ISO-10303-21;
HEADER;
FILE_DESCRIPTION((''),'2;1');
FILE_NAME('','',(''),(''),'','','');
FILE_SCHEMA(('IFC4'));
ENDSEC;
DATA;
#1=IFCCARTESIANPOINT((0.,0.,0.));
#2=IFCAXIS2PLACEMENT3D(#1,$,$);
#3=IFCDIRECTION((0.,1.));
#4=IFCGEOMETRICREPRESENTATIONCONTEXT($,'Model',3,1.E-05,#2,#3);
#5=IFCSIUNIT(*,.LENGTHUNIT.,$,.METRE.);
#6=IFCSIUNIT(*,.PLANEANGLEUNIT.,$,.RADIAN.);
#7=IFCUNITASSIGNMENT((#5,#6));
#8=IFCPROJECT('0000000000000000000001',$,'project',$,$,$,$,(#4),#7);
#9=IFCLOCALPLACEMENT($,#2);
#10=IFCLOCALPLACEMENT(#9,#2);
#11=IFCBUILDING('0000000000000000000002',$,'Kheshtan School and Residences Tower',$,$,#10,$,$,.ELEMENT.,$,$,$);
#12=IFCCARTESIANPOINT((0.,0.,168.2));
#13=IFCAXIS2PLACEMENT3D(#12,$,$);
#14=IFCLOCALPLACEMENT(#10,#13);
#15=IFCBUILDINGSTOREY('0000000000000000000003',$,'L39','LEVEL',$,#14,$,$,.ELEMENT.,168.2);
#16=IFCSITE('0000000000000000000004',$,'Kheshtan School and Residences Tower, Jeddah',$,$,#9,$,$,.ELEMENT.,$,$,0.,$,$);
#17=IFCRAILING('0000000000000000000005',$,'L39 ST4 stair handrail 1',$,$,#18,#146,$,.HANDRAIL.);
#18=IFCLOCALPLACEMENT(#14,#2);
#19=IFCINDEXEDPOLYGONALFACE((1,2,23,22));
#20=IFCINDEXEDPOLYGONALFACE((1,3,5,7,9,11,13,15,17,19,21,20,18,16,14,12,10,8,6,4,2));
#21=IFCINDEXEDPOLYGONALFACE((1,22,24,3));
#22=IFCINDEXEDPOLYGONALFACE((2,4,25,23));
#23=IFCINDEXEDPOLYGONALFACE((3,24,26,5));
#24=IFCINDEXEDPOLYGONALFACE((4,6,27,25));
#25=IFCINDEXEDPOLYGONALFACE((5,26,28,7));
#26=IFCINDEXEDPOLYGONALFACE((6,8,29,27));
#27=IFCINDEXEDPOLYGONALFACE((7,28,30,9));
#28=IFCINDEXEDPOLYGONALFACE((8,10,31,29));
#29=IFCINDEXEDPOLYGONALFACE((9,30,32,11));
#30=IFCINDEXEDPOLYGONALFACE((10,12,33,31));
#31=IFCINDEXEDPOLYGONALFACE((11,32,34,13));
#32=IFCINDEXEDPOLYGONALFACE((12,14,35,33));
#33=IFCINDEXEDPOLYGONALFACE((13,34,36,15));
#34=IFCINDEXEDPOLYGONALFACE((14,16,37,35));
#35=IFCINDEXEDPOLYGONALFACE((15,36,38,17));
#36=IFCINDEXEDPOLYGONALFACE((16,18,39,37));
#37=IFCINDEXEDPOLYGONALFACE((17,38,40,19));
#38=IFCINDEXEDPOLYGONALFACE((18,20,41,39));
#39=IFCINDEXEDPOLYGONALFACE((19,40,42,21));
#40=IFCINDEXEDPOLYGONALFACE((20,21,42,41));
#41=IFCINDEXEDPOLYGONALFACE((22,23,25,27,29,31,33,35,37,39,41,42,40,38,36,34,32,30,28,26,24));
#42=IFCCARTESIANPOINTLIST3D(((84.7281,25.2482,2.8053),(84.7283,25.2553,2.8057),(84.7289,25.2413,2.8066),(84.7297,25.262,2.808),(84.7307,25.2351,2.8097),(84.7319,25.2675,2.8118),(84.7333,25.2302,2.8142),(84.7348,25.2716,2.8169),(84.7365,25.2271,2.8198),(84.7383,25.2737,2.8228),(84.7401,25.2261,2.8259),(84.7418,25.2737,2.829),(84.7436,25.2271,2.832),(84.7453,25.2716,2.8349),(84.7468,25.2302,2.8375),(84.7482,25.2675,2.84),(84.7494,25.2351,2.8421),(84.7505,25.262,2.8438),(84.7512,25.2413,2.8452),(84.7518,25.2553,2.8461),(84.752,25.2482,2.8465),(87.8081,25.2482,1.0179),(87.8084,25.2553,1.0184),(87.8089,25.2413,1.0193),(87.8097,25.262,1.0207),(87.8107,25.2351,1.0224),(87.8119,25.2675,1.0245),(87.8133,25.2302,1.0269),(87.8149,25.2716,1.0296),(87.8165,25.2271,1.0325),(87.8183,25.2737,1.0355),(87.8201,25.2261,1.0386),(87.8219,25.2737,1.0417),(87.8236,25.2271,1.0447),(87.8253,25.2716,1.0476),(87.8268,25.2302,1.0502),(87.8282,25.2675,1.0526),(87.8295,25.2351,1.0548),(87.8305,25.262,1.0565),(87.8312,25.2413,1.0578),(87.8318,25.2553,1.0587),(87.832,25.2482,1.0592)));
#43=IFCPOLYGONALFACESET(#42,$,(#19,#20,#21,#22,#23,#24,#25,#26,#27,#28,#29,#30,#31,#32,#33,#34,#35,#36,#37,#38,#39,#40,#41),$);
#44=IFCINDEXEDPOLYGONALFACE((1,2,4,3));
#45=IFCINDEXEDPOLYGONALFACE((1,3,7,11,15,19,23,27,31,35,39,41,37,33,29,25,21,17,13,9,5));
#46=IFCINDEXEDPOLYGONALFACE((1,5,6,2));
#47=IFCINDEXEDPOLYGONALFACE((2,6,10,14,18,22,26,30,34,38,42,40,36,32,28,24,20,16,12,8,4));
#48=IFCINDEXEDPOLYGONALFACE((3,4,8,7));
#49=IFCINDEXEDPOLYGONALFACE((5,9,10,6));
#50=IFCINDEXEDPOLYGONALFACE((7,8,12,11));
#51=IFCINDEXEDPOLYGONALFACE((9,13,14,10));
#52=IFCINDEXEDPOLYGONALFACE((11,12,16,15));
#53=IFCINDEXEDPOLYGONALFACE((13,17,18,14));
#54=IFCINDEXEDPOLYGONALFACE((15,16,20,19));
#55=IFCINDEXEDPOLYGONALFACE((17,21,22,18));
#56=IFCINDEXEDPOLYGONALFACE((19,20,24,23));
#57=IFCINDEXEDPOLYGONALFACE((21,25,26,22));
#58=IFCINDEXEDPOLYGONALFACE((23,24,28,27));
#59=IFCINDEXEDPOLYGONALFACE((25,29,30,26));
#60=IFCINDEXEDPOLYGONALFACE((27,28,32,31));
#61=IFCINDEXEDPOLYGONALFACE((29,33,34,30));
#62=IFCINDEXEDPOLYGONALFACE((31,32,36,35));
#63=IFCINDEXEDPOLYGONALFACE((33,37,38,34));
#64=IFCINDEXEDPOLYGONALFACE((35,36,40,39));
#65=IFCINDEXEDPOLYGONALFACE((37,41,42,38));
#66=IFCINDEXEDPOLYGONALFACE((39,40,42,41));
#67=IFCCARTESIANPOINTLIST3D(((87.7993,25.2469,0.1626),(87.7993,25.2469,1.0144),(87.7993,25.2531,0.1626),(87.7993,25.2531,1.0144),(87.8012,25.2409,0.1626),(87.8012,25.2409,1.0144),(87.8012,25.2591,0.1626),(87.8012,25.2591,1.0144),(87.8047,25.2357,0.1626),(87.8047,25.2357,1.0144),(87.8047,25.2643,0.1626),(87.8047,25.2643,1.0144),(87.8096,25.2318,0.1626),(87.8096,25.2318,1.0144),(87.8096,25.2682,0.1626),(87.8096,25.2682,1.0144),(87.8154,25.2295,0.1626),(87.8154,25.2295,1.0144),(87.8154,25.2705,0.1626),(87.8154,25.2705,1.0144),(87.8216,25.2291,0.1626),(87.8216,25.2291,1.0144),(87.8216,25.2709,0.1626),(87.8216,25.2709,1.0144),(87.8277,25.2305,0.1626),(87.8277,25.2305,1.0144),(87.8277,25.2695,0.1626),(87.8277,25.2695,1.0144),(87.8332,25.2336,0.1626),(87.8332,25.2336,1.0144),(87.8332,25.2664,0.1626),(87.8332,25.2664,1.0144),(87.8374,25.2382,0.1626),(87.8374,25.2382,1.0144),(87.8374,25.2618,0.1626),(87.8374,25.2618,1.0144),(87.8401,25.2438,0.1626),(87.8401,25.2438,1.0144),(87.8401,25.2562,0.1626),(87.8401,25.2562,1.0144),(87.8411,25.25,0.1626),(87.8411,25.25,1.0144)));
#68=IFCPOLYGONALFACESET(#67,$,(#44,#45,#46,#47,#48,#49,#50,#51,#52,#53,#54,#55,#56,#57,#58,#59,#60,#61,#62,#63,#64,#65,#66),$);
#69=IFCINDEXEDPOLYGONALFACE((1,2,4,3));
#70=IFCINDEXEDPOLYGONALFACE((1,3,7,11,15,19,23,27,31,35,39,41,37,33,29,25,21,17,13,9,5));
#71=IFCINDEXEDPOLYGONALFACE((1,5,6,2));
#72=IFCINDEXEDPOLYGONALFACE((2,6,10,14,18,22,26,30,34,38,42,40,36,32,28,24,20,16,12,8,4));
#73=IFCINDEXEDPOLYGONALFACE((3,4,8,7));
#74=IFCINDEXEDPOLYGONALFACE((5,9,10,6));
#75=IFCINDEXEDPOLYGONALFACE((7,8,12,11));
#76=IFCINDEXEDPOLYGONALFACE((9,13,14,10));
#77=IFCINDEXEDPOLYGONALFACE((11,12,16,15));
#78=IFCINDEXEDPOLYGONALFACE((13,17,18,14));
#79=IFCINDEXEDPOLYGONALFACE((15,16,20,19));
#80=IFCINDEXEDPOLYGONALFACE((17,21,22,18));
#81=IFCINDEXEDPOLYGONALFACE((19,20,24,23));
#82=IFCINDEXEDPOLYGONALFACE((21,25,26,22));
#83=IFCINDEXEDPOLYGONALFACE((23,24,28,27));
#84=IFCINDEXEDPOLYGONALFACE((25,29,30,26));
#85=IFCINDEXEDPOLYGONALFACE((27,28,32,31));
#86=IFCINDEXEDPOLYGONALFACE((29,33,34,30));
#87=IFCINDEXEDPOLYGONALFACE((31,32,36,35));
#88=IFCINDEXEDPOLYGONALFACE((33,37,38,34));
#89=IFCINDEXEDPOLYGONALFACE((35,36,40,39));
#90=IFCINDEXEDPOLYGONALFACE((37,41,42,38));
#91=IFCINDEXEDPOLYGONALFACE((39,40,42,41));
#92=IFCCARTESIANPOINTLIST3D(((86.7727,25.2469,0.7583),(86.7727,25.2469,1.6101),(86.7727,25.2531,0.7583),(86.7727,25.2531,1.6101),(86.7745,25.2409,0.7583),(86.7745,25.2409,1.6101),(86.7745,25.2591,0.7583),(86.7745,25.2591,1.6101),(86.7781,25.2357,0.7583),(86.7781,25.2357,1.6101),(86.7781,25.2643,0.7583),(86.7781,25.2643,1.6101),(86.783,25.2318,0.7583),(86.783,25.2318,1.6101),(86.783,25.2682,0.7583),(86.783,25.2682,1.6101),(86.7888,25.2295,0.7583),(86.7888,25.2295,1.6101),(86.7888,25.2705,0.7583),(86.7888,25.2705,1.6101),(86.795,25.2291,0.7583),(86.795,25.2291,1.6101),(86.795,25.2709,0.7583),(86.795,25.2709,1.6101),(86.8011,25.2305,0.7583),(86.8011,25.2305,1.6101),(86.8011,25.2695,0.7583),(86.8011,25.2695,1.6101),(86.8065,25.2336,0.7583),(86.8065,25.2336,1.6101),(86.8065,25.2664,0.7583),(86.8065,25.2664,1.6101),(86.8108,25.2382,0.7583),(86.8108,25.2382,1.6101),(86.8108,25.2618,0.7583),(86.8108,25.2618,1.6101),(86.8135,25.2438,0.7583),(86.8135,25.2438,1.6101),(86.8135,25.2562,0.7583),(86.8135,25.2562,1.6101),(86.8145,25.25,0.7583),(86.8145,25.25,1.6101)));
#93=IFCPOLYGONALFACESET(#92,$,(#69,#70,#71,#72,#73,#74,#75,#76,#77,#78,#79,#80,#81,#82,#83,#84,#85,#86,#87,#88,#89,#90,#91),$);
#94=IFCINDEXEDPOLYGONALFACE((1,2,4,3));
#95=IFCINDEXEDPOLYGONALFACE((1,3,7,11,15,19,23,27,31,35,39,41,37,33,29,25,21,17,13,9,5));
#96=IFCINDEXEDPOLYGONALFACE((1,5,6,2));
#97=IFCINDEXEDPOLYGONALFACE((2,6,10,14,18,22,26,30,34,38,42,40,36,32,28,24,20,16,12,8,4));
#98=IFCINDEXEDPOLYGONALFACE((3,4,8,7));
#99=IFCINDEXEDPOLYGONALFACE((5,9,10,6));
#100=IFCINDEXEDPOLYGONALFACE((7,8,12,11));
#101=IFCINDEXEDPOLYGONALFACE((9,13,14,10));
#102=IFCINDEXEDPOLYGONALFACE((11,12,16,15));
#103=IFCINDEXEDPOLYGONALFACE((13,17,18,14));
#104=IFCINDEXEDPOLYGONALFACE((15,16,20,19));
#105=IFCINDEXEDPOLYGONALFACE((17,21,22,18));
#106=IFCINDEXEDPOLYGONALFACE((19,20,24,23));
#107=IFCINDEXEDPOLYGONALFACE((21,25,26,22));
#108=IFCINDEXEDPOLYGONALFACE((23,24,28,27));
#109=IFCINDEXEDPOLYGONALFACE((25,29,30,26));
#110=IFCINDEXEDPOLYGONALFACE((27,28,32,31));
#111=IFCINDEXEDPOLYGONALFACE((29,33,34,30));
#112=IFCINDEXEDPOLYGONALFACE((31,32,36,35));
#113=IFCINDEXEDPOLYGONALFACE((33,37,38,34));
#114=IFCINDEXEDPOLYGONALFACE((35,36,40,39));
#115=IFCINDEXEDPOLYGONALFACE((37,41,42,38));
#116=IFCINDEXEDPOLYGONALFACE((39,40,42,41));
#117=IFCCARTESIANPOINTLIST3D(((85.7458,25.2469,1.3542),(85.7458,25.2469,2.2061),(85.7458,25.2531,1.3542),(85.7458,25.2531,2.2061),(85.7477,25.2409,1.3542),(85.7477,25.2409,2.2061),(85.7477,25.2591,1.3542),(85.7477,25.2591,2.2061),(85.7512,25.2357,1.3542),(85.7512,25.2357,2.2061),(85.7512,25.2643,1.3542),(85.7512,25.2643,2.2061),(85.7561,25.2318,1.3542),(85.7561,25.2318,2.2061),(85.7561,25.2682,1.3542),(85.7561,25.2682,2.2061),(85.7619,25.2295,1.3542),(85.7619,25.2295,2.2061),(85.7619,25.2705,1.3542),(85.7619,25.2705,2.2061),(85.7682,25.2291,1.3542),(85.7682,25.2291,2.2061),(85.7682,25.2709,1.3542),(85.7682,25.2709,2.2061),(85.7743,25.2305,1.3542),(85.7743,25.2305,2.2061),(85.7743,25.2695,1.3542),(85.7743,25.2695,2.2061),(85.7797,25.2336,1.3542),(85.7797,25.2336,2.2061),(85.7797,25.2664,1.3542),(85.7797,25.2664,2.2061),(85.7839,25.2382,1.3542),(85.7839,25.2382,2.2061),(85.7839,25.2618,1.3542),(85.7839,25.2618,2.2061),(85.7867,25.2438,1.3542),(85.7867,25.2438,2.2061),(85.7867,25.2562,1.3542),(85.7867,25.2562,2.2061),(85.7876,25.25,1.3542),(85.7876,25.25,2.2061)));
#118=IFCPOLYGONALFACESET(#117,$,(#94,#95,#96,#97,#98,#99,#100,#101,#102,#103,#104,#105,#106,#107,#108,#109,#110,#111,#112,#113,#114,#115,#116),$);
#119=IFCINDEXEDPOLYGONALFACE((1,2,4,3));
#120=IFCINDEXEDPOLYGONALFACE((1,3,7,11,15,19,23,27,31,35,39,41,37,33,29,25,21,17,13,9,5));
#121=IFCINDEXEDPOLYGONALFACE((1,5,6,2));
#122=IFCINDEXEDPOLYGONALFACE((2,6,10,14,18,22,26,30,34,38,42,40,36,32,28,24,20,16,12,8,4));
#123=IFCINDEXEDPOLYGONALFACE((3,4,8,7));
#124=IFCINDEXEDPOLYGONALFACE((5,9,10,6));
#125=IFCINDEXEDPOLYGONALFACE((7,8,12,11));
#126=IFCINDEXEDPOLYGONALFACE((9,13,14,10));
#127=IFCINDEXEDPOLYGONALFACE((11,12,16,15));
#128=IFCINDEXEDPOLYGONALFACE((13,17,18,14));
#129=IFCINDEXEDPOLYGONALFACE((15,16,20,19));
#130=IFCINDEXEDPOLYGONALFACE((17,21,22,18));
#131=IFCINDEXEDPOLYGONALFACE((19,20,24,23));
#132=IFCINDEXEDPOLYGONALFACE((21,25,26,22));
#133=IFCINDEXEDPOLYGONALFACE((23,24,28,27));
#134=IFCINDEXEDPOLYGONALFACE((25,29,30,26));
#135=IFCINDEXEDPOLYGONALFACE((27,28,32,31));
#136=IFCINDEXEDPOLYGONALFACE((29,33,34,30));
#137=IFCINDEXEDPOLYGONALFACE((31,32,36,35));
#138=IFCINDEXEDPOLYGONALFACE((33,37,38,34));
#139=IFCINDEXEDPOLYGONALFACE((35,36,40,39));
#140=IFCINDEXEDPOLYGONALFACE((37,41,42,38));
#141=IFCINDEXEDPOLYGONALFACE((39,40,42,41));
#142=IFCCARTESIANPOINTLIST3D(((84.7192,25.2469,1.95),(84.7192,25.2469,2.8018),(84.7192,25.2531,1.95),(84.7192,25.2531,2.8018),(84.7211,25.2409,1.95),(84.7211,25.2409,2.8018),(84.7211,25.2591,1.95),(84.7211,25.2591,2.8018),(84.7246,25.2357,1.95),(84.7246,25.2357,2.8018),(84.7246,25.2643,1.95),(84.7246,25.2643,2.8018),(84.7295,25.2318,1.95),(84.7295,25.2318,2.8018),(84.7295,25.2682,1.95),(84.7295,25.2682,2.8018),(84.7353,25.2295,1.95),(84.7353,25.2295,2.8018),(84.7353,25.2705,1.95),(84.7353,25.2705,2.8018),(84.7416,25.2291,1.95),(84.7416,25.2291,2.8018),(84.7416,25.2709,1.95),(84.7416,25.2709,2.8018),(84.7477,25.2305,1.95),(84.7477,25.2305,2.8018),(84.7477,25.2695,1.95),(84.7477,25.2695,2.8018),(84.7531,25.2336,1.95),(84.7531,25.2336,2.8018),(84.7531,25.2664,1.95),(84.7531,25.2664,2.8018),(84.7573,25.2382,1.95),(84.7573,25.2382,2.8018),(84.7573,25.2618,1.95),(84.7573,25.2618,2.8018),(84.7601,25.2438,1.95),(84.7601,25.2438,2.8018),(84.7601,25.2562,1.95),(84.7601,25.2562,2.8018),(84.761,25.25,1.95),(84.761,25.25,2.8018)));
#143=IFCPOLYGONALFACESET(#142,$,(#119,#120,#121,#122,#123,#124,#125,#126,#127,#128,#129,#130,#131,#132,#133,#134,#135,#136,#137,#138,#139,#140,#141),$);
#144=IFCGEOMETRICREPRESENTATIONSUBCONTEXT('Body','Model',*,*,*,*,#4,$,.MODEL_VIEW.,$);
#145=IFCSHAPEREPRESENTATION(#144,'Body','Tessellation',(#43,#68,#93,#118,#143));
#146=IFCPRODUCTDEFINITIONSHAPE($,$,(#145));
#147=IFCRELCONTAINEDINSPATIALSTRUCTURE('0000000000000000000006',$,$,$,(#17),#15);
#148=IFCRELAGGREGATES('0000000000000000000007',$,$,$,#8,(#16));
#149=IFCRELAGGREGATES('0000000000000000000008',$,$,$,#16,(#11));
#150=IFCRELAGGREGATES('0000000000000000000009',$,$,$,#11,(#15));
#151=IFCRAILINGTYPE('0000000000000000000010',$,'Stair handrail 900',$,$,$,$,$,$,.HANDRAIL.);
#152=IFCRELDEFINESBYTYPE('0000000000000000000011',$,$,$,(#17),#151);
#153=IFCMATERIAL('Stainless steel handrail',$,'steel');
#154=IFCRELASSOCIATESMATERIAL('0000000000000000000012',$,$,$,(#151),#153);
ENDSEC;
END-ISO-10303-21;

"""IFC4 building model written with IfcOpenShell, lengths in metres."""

from ifc_helpers import new_model, si_unit, direction, frame, origin, origin_2d, place, context, subcontext, project, spatial, circle, extrude, material, type_object, element, save


model = new_model("IFC4")

# Units and contexts
model_context = context("Model", 3, precision=1e-05, world=origin(), true_north=direction((0.0, 1.0)))
body_context = subcontext(model_context, "Body", "Model", "MODEL_VIEW")
ifc_project = project(units=[si_unit("LENGTHUNIT", "METRE"), si_unit("PLANEANGLEUNIT", "RADIAN")], contexts=[model_context])

# Site, building, storey
site_placement = place(None, origin())
site = spatial("IfcSite", under=ifc_project, at=site_placement, Name="Kheshtan School and Residences Tower, Jeddah", CompositionType="ELEMENT", RefElevation=0.0)
building_placement = place(site_placement, origin())
building = spatial("IfcBuilding", under=site, at=building_placement, Name="Kheshtan School and Residences Tower", CompositionType="ELEMENT")
storey_placement = place(building_placement, frame((0.0, 0.0, 168.2)))
storey = spatial("IfcBuildingStorey", under=building, at=storey_placement, Name="L39", Description="LEVEL", CompositionType="ELEMENT", Elevation=168.2)

# Railing
ifc_material_1 = material(Name="Stainless steel handrail", Category="steel")
railing_type_1 = type_object("IfcRailingType", Name="Stair handrail 900", PredefinedType="HANDRAIL", material=ifc_material_1)
railing_1_placement = place(storey_placement, frame((87.8201, 25.25, 0.1626)))
element("IfcRailing", 1, at=railing_1_placement, inside=storey, type_object=railing_type_1, Name="L39 ST4 stair handrail 1", PredefinedType="HANDRAIL", context=body_context, shape_type="SweptSolid", body=[
    extrude(circle(Radius=0.0239, at=origin_2d()), frame((0.0, 0.0, 0.876), z_axis=(-0.86492, 0.0, 0.501909), x_axis=(0.0, -1.0, 0.0)), (0.0, 0.0, 1.0), 3.561),
    extrude(circle(Radius=0.021, at=origin_2d()), origin(), (0.0, 0.0, 1.0), 0.8518),
    extrude(circle(Radius=0.021, at=origin_2d()), frame((-1.0266, 0.0, 0.5957)), (0.0, 0.0, 1.0), 0.8518),
    extrude(circle(Radius=0.021, at=origin_2d()), frame((-2.0535, 0.0, 1.1917)), (0.0, 0.0, 1.0), 0.8518),
    extrude(circle(Radius=0.021, at=origin_2d()), frame((-3.0801, 0.0, 1.7874)), (0.0, 0.0, 1.0), 0.8518),
])

save(model, "model.ifc")
